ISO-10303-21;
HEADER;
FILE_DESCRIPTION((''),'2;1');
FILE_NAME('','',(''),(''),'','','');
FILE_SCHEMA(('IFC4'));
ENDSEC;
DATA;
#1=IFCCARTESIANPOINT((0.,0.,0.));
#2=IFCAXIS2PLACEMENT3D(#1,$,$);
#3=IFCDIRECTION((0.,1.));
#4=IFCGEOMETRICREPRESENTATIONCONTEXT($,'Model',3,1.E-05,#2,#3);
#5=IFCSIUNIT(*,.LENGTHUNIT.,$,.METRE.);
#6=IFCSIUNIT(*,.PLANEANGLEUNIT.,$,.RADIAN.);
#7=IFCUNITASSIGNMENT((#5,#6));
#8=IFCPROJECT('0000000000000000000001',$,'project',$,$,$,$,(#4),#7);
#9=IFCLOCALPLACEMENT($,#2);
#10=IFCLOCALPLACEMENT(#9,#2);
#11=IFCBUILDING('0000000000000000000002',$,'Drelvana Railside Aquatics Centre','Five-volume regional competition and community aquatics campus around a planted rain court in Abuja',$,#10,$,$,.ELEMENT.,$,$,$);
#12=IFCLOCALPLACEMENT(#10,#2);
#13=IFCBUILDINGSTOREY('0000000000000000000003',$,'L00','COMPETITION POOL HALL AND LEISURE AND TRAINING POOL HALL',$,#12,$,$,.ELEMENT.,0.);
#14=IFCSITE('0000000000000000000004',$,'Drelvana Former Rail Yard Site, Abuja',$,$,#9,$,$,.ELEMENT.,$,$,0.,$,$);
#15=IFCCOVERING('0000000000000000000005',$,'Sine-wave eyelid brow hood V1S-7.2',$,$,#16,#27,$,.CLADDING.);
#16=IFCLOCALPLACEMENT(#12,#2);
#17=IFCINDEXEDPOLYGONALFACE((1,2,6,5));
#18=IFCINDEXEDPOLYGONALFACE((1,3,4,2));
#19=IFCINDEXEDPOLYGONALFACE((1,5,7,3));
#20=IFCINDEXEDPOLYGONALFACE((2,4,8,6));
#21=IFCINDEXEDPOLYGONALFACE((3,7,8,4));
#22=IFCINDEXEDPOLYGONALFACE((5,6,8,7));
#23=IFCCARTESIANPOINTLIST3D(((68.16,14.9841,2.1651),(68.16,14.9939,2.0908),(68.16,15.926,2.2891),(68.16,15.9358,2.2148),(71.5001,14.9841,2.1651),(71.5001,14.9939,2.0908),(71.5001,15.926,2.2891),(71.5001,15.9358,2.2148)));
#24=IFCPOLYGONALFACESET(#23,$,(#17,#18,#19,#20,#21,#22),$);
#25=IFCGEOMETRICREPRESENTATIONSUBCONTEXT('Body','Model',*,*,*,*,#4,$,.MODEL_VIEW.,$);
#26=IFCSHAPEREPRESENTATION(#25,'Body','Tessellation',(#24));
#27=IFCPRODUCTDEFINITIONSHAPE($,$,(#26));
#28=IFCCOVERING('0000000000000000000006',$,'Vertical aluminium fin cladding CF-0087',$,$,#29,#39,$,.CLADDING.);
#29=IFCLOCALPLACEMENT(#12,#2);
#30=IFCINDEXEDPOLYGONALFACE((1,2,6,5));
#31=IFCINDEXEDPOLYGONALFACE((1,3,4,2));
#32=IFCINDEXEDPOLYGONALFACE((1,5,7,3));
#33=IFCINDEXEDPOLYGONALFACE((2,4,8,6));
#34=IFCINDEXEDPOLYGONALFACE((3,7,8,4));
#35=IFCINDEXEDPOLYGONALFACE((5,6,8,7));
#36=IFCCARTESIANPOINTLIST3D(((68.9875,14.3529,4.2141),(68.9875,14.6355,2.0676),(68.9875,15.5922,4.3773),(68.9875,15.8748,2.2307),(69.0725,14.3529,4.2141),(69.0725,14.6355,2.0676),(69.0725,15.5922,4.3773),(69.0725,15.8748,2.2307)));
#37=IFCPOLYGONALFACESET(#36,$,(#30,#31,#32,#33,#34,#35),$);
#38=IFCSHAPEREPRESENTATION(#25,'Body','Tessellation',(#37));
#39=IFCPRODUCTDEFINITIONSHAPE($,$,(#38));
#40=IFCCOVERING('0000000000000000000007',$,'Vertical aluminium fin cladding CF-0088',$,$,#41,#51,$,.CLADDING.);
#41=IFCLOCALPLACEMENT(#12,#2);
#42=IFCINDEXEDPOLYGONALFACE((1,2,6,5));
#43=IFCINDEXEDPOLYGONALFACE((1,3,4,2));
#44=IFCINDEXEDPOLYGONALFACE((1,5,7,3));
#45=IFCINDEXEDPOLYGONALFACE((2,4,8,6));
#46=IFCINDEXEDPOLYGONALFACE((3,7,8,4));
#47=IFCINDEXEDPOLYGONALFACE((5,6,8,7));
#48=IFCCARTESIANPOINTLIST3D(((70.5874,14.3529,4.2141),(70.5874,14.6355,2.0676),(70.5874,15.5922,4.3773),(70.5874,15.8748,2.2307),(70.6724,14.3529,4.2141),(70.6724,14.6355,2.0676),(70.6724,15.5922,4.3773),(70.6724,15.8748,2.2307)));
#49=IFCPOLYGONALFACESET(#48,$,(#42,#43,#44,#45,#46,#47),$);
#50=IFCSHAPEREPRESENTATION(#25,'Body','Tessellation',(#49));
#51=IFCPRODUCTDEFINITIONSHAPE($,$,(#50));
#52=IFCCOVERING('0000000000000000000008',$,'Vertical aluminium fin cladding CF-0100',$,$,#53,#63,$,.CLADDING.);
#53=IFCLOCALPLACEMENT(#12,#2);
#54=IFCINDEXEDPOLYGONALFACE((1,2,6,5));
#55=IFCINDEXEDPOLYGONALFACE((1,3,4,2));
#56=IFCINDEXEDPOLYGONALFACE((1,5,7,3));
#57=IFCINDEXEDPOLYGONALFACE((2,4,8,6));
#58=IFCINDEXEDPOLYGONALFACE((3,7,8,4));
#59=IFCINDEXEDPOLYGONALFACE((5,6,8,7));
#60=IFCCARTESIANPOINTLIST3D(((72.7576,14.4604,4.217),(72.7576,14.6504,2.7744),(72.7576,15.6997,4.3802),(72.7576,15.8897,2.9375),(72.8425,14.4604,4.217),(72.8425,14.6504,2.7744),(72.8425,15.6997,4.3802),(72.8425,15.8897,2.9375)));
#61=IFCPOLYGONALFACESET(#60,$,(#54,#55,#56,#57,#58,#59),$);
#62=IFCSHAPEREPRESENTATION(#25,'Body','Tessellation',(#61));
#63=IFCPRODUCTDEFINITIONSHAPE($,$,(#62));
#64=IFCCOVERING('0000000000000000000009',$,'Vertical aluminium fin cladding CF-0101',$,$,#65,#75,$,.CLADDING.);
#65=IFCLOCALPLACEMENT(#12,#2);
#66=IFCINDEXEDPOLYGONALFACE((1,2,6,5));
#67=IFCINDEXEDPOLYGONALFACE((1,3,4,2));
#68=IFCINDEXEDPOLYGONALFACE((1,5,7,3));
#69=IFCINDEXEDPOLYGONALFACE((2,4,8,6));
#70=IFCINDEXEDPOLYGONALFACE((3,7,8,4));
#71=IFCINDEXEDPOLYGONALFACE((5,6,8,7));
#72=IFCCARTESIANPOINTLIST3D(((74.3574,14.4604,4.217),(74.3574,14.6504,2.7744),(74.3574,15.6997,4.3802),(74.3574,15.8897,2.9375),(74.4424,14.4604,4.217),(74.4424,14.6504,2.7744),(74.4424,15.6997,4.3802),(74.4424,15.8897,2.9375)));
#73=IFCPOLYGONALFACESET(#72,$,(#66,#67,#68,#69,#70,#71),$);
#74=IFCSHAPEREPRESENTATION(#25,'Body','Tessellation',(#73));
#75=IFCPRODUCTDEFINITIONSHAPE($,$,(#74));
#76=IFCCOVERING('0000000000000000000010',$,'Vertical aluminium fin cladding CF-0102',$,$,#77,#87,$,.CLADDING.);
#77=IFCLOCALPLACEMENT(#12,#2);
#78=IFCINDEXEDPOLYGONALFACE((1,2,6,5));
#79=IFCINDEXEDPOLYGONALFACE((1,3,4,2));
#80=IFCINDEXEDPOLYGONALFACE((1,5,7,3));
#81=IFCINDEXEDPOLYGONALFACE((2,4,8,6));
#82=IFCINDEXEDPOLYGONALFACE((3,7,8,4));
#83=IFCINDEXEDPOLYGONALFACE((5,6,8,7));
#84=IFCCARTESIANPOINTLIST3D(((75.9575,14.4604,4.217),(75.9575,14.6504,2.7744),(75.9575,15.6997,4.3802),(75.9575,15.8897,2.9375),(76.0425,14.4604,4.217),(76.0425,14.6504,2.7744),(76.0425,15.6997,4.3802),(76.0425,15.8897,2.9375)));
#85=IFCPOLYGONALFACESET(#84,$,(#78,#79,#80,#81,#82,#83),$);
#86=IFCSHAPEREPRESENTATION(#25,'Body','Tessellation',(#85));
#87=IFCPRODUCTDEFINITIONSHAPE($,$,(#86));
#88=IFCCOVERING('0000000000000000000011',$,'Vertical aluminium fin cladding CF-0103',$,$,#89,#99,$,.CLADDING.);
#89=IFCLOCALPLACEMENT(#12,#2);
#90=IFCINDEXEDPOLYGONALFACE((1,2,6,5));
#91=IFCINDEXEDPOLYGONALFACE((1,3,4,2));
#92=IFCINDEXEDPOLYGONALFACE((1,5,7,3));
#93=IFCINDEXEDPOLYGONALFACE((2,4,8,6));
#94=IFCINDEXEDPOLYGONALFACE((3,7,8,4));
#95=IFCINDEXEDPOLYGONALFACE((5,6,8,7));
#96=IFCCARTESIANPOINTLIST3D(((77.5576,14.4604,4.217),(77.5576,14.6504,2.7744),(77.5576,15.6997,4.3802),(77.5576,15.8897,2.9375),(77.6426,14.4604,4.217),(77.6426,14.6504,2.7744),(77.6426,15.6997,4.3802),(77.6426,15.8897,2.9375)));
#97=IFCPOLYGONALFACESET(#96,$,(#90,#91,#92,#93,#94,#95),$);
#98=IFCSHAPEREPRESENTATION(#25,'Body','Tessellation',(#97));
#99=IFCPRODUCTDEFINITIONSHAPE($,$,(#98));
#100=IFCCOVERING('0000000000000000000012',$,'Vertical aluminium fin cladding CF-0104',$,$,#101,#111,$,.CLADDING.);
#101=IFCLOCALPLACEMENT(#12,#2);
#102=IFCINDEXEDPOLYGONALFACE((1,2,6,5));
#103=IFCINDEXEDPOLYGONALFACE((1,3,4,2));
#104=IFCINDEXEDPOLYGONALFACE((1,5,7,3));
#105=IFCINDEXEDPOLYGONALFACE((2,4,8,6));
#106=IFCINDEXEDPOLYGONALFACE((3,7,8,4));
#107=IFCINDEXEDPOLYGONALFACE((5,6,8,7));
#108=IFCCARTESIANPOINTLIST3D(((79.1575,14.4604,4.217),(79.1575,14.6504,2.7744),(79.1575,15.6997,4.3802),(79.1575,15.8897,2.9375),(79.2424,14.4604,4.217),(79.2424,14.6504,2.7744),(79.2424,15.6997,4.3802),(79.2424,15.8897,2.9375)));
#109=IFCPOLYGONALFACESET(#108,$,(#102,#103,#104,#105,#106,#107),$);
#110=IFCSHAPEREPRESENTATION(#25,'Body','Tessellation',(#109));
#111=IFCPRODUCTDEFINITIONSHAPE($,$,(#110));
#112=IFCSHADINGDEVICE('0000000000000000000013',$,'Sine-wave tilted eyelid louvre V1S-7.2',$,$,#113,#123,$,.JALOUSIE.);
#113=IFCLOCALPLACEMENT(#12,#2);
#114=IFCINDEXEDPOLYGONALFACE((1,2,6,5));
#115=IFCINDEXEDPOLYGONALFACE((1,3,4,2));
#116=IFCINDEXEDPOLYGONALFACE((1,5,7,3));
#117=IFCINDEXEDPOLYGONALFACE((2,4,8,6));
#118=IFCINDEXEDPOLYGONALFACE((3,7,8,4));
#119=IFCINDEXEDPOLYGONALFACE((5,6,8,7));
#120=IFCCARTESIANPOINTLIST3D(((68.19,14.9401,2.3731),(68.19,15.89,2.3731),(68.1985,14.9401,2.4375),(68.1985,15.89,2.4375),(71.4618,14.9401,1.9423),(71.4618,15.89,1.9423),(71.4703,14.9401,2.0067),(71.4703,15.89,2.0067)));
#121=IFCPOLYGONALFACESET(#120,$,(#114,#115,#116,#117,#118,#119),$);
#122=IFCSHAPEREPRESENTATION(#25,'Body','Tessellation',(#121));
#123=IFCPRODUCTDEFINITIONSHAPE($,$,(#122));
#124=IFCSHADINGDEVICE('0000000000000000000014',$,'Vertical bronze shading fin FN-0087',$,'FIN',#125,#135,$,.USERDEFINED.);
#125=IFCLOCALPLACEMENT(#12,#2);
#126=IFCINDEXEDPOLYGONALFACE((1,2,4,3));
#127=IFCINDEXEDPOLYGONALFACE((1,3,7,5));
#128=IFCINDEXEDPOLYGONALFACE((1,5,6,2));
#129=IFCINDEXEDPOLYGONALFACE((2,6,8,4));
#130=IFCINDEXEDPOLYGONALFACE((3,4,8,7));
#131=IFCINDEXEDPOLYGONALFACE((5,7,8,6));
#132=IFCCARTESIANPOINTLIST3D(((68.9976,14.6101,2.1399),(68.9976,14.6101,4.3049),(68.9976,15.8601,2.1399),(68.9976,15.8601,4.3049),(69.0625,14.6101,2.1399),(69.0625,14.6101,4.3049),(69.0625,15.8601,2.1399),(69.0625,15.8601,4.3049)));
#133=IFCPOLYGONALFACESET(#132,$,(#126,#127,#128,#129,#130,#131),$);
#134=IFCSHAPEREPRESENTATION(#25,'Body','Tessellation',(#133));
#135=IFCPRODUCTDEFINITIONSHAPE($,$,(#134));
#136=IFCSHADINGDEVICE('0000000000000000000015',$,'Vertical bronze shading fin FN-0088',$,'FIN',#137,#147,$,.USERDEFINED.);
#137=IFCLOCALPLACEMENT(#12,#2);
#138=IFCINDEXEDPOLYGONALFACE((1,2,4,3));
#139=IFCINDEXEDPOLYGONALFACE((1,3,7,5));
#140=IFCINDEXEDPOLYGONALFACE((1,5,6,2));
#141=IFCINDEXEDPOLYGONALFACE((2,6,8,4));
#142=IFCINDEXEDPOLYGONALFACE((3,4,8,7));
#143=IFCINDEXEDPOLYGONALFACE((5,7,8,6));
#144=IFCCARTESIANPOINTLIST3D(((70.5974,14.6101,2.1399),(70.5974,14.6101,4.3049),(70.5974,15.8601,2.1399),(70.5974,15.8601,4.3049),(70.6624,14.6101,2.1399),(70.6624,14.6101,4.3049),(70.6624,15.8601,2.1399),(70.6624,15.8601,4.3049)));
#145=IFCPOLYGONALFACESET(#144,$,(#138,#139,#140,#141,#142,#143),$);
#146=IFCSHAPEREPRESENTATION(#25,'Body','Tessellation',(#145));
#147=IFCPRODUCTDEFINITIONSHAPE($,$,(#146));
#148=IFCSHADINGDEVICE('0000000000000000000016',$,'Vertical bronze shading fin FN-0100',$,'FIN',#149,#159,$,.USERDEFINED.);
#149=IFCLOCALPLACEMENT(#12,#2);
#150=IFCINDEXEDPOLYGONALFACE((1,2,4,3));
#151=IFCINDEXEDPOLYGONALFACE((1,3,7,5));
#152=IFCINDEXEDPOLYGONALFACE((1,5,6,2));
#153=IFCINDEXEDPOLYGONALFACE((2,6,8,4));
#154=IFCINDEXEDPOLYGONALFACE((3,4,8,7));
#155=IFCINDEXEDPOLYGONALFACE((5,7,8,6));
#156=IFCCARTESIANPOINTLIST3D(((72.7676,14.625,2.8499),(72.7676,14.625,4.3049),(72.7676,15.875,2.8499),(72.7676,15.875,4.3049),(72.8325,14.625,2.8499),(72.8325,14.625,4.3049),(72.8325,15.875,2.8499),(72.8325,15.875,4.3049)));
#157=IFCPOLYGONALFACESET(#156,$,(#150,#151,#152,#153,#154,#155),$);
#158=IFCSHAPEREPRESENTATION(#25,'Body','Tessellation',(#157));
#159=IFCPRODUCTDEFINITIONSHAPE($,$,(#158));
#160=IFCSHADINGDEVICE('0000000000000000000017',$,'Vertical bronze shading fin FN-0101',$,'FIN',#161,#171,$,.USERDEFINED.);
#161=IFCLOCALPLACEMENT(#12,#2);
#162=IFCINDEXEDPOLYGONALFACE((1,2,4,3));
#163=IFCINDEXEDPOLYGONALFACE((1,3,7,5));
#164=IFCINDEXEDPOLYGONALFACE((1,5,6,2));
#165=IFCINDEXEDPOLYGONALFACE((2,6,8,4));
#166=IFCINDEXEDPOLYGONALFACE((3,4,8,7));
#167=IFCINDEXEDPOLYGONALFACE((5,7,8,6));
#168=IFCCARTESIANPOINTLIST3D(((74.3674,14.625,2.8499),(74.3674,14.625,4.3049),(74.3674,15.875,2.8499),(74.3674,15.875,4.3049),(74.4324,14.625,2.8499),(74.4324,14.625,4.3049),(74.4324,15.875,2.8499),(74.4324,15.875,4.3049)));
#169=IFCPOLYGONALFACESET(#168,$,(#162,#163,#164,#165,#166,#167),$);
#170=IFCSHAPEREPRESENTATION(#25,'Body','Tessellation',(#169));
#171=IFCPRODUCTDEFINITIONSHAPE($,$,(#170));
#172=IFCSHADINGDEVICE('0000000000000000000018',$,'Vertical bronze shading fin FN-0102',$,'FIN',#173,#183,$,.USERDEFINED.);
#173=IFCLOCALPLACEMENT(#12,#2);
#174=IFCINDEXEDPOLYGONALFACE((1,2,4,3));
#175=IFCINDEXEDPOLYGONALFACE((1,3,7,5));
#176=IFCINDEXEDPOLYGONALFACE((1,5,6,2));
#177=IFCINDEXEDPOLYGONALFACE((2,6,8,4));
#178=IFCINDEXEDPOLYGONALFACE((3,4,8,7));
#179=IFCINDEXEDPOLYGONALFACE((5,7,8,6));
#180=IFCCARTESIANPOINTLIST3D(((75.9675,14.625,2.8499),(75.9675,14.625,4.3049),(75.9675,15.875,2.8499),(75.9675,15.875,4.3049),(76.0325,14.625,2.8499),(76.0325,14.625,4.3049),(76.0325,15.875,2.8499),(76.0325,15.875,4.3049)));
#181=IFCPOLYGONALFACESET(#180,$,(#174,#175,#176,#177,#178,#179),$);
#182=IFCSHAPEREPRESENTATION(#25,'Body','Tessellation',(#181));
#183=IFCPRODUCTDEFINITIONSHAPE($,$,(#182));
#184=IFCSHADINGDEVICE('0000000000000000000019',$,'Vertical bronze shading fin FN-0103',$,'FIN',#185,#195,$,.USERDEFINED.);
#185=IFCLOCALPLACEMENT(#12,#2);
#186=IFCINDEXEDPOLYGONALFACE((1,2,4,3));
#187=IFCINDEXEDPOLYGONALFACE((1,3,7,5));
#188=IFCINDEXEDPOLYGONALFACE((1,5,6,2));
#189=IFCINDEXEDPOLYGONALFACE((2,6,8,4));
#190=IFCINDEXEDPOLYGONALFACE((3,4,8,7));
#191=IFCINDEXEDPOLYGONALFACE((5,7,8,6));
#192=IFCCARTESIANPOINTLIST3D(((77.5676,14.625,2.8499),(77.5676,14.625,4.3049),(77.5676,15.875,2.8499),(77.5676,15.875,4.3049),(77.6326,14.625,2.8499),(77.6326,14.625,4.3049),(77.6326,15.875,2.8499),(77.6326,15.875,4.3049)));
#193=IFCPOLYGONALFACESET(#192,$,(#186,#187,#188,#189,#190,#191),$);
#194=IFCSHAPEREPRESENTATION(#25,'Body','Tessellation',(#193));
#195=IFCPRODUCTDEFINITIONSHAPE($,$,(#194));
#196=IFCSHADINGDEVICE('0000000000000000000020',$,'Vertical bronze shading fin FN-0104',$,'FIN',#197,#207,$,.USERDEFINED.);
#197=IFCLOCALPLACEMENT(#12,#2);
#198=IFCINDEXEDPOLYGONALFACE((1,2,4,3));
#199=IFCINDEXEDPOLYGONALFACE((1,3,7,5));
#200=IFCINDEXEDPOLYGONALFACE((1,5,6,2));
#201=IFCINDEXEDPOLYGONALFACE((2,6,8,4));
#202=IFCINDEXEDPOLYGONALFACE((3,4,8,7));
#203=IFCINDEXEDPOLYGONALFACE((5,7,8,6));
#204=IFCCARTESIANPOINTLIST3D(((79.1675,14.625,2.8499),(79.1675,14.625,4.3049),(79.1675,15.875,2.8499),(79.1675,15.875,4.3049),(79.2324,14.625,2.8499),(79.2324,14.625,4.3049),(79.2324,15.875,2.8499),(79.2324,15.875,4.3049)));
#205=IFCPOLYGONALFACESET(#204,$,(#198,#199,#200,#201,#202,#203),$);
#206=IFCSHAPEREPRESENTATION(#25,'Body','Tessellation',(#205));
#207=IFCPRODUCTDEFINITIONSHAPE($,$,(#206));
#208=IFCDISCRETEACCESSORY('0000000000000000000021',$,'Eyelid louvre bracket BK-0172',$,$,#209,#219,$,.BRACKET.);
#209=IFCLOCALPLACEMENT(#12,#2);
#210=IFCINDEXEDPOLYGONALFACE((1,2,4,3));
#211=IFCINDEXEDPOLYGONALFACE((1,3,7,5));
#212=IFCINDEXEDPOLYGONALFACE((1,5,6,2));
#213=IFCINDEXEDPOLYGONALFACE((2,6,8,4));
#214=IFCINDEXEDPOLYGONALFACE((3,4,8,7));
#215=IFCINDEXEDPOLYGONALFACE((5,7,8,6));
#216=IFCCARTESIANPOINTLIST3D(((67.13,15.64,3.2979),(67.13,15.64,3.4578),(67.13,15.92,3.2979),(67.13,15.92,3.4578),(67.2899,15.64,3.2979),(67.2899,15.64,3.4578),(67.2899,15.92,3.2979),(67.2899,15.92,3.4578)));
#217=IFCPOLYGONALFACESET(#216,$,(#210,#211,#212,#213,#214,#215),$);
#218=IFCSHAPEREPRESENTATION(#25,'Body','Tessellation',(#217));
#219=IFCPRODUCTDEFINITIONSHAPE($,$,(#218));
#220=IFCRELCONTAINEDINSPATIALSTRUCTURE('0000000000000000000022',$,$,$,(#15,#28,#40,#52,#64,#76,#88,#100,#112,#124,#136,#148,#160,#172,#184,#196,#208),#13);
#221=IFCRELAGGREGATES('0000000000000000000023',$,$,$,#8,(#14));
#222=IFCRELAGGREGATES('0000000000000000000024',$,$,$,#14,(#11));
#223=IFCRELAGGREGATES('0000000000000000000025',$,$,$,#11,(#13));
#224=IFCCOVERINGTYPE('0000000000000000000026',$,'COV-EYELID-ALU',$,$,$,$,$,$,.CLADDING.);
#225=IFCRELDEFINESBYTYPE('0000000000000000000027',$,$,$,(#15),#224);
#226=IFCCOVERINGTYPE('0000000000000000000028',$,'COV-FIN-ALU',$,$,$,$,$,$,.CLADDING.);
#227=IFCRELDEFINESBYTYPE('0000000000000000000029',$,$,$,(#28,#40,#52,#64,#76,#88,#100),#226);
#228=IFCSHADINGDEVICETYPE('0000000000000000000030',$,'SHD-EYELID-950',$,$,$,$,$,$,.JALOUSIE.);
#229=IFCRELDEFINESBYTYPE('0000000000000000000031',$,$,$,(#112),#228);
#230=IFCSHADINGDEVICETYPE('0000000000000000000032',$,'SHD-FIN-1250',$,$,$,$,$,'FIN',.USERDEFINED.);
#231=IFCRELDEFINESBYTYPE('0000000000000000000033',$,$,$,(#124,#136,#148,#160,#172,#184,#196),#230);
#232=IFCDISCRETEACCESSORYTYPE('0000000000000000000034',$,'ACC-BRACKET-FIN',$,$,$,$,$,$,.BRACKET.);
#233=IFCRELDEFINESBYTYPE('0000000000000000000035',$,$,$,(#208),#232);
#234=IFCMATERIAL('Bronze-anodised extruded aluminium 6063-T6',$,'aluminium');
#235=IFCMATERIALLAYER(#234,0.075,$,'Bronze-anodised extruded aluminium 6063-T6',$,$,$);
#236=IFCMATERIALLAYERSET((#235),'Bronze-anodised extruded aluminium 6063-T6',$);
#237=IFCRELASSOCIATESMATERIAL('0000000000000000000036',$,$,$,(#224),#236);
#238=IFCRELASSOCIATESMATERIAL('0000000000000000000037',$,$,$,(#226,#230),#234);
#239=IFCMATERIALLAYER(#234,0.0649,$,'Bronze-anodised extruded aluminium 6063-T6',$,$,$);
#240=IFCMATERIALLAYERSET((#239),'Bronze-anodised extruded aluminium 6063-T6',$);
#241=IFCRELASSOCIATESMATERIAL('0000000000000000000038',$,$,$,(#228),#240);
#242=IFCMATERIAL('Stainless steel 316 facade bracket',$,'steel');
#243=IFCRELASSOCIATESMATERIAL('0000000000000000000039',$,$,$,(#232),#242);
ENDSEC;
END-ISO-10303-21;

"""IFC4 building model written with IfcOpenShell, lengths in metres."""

from ifc_helpers import new_model, si_unit, direction, frame, origin, origin_2d, place, context, subcontext, project, spatial, rectangle, extrude, material, layer, layer_set, type_object, element, save


model = new_model("IFC4")

# Units and contexts
model_context = context("Model", 3, precision=1e-05, world=origin(), true_north=direction((0.0, 1.0)))
body_context = subcontext(model_context, "Body", "Model", "MODEL_VIEW")
ifc_project = project(units=[si_unit("LENGTHUNIT", "METRE"), si_unit("PLANEANGLEUNIT", "RADIAN")], contexts=[model_context])

# Site, building, storey
site_placement = place(None, origin())
site = spatial("IfcSite", under=ifc_project, at=site_placement, Name="Drelvana Former Rail Yard Site, Abuja", CompositionType="ELEMENT", RefElevation=0.0)
building_placement = place(site_placement, origin())
building = spatial("IfcBuilding", under=site, at=building_placement, Name="Drelvana Railside Aquatics Centre", Description="Five-volume regional competition and community aquatics campus around a planted rain court in Abuja", CompositionType="ELEMENT")
storey_placement = place(building_placement, origin())
storey = spatial("IfcBuildingStorey", under=building, at=storey_placement, Name="L00", Description="COMPETITION POOL HALL AND LEISURE AND TRAINING POOL HALL", CompositionType="ELEMENT", Elevation=0.0)

# Coverings
ifc_material_1 = material(Name="Bronze-anodised extruded aluminium 6063-T6", Category="aluminium")
ifc_layer_1 = layer(ifc_material_1, 0.075, Name="Bronze-anodised extruded aluminium 6063-T6")
ifc_layer_set_1 = layer_set([ifc_layer_1], Name="Bronze-anodised extruded aluminium 6063-T6")
covering_type_1 = type_object("IfcCoveringType", Name="COV-EYELID-ALU", PredefinedType="CLADDING", material=ifc_layer_set_1)
covering_placement = place(storey_placement, frame((69.8301, 15.4648, 2.1528), z_axis=(0.0, -0.130526, 0.991445), x_axis=(-1.0, 0.0, 0.0)))
element("IfcCovering", 1, at=covering_placement, inside=storey, type_object=covering_type_1, Name="Sine-wave eyelid brow hood V1S-7.2", PredefinedType="CLADDING", context=body_context, shape_type="SweptSolid", body=[
    extrude(rectangle(XDim=3.3401, YDim=0.95, at=origin_2d()), origin(), (0.0, 0.0, 1.0), 0.075),
])
covering_type_2 = type_object("IfcCoveringType", Name="COV-FIN-ALU", PredefinedType="CLADDING", material=ifc_material_1)
for number, where, z_axis, x_axis, name in (
    (2, (69.03, 15.2551, 2.1492), (0.0, -0.130526, 0.991445), (-1.0, 0.0, 0.0), "Vertical aluminium fin cladding CF-0087"),
    (3, (70.6299, 15.2551, 2.1492), (0.0, -0.130526, 0.991445), (-1.0, 0.0, 0.0), "Vertical aluminium fin cladding CF-0088"),
):
    element("IfcCovering", number, at=place(storey_placement, frame(where, z_axis=z_axis, x_axis=x_axis)), inside=storey, type_object=covering_type_2, Name=name, PredefinedType="CLADDING", context=body_context, shape_type="SweptSolid", body=[
        extrude(rectangle(XDim=0.085, YDim=1.25, at=origin_2d()), origin(), (0.0, 0.0, 1.0), 2.165),
    ])
for number, where, z_axis, x_axis, name in (
    (4, (72.8, 15.27, 2.856), (0.0, -0.130526, 0.991445), (-1.0, 0.0, 0.0), "Vertical aluminium fin cladding CF-0100"),
    (5, (74.3999, 15.27, 2.856), (0.0, -0.130526, 0.991445), (-1.0, 0.0, 0.0), "Vertical aluminium fin cladding CF-0101"),
    (6, (76.0, 15.27, 2.856), (0.0, -0.130526, 0.991445), (-1.0, 0.0, 0.0), "Vertical aluminium fin cladding CF-0102"),
    (7, (77.6001, 15.27, 2.856), (0.0, -0.130526, 0.991445), (-1.0, 0.0, 0.0), "Vertical aluminium fin cladding CF-0103"),
    (8, (79.2, 15.27, 2.856), (0.0, -0.130526, 0.991445), (-1.0, 0.0, 0.0), "Vertical aluminium fin cladding CF-0104"),
):
    element("IfcCovering", number, at=place(storey_placement, frame(where, z_axis=z_axis, x_axis=x_axis)), inside=storey, type_object=covering_type_2, Name=name, PredefinedType="CLADDING", context=body_context, shape_type="SweptSolid", body=[
        extrude(rectangle(XDim=0.085, YDim=1.25, at=origin_2d()), origin(), (0.0, 0.0, 1.0), 1.4551),
    ])

# Shading devices
ifc_layer_2 = layer(ifc_material_1, 0.0649, Name="Bronze-anodised extruded aluminium 6063-T6")
ifc_layer_set_2 = layer_set([ifc_layer_2], Name="Bronze-anodised extruded aluminium 6063-T6")
shading_device_type_1 = type_object("IfcShadingDeviceType", Name="SHD-EYELID-950", PredefinedType="JALOUSIE", material=ifc_layer_set_2)
shading_device_placement = place(storey_placement, frame((69.8259, 15.415, 2.1577), z_axis=(0.130526, 0.0, 0.991445), x_axis=(0.0, -1.0, 0.0)))
element("IfcShadingDevice", 9, at=shading_device_placement, inside=storey, type_object=shading_device_type_1, Name="Sine-wave tilted eyelid louvre V1S-7.2", PredefinedType="JALOUSIE", context=body_context, shape_type="SweptSolid", body=[
    extrude(rectangle(XDim=0.95, YDim=3.3, at=origin_2d()), origin(), (0.0, 0.0, 1.0), 0.0649),
])
shading_device_type_2 = type_object("IfcShadingDeviceType", Name="SHD-FIN-1250", ElementType="FIN", PredefinedType="USERDEFINED", material=ifc_material_1)
for number, where, z_axis, x_axis, name in (
    (10, (69.03, 15.2351, 2.1399), (0.0, 0.0, 1.0), (0.0, -1.0, 0.0), "Vertical bronze shading fin FN-0087"),
    (11, (70.6299, 15.2351, 2.1399), (0.0, 0.0, 1.0), (0.0, -1.0, 0.0), "Vertical bronze shading fin FN-0088"),
):
    element("IfcShadingDevice", number, at=place(storey_placement, frame(where, z_axis=z_axis, x_axis=x_axis)), inside=storey, type_object=shading_device_type_2, Name=name, ObjectType="FIN", PredefinedType="USERDEFINED", context=body_context, shape_type="SweptSolid", body=[
        extrude(rectangle(XDim=1.25, YDim=0.0649, at=origin_2d()), origin(), (0.0, 0.0, 1.0), 2.165),
    ])
for number, where, z_axis, x_axis, name in (
    (12, (72.8, 15.25, 2.8499), (0.0, 0.0, 1.0), (0.0, -1.0, 0.0), "Vertical bronze shading fin FN-0100"),
    (13, (74.3999, 15.25, 2.8499), (0.0, 0.0, 1.0), (0.0, -1.0, 0.0), "Vertical bronze shading fin FN-0101"),
    (14, (76.0, 15.25, 2.8499), (0.0, 0.0, 1.0), (0.0, -1.0, 0.0), "Vertical bronze shading fin FN-0102"),
    (15, (77.6001, 15.25, 2.8499), (0.0, 0.0, 1.0), (0.0, -1.0, 0.0), "Vertical bronze shading fin FN-0103"),
    (16, (79.2, 15.25, 2.8499), (0.0, 0.0, 1.0), (0.0, -1.0, 0.0), "Vertical bronze shading fin FN-0104"),
):
    element("IfcShadingDevice", number, at=place(storey_placement, frame(where, z_axis=z_axis, x_axis=x_axis)), inside=storey, type_object=shading_device_type_2, Name=name, ObjectType="FIN", PredefinedType="USERDEFINED", context=body_context, shape_type="SweptSolid", body=[
        extrude(rectangle(XDim=1.25, YDim=0.0649, at=origin_2d()), origin(), (0.0, 0.0, 1.0), 1.4551),
    ])

# Discrete accessory
ifc_material_2 = material(Name="Stainless steel 316 facade bracket", Category="steel")
discrete_accessory_type = type_object("IfcDiscreteAccessoryType", Name="ACC-BRACKET-FIN", PredefinedType="BRACKET", material=ifc_material_2)
discrete_accessory_placement = place(storey_placement, frame((67.21, 15.78, 3.2979), z_axis=(0.0, 0.0, 1.0), x_axis=(1.0, 0.0, 0.0)))
element("IfcDiscreteAccessory", 17, at=discrete_accessory_placement, inside=storey, type_object=discrete_accessory_type, Name="Eyelid louvre bracket BK-0172", PredefinedType="BRACKET", context=body_context, shape_type="SweptSolid", body=[
    extrude(rectangle(XDim=0.1599, YDim=0.28, at=origin_2d()), origin(), (0.0, 0.0, 1.0), 0.1599),
])

save(model, "model.ifc")
